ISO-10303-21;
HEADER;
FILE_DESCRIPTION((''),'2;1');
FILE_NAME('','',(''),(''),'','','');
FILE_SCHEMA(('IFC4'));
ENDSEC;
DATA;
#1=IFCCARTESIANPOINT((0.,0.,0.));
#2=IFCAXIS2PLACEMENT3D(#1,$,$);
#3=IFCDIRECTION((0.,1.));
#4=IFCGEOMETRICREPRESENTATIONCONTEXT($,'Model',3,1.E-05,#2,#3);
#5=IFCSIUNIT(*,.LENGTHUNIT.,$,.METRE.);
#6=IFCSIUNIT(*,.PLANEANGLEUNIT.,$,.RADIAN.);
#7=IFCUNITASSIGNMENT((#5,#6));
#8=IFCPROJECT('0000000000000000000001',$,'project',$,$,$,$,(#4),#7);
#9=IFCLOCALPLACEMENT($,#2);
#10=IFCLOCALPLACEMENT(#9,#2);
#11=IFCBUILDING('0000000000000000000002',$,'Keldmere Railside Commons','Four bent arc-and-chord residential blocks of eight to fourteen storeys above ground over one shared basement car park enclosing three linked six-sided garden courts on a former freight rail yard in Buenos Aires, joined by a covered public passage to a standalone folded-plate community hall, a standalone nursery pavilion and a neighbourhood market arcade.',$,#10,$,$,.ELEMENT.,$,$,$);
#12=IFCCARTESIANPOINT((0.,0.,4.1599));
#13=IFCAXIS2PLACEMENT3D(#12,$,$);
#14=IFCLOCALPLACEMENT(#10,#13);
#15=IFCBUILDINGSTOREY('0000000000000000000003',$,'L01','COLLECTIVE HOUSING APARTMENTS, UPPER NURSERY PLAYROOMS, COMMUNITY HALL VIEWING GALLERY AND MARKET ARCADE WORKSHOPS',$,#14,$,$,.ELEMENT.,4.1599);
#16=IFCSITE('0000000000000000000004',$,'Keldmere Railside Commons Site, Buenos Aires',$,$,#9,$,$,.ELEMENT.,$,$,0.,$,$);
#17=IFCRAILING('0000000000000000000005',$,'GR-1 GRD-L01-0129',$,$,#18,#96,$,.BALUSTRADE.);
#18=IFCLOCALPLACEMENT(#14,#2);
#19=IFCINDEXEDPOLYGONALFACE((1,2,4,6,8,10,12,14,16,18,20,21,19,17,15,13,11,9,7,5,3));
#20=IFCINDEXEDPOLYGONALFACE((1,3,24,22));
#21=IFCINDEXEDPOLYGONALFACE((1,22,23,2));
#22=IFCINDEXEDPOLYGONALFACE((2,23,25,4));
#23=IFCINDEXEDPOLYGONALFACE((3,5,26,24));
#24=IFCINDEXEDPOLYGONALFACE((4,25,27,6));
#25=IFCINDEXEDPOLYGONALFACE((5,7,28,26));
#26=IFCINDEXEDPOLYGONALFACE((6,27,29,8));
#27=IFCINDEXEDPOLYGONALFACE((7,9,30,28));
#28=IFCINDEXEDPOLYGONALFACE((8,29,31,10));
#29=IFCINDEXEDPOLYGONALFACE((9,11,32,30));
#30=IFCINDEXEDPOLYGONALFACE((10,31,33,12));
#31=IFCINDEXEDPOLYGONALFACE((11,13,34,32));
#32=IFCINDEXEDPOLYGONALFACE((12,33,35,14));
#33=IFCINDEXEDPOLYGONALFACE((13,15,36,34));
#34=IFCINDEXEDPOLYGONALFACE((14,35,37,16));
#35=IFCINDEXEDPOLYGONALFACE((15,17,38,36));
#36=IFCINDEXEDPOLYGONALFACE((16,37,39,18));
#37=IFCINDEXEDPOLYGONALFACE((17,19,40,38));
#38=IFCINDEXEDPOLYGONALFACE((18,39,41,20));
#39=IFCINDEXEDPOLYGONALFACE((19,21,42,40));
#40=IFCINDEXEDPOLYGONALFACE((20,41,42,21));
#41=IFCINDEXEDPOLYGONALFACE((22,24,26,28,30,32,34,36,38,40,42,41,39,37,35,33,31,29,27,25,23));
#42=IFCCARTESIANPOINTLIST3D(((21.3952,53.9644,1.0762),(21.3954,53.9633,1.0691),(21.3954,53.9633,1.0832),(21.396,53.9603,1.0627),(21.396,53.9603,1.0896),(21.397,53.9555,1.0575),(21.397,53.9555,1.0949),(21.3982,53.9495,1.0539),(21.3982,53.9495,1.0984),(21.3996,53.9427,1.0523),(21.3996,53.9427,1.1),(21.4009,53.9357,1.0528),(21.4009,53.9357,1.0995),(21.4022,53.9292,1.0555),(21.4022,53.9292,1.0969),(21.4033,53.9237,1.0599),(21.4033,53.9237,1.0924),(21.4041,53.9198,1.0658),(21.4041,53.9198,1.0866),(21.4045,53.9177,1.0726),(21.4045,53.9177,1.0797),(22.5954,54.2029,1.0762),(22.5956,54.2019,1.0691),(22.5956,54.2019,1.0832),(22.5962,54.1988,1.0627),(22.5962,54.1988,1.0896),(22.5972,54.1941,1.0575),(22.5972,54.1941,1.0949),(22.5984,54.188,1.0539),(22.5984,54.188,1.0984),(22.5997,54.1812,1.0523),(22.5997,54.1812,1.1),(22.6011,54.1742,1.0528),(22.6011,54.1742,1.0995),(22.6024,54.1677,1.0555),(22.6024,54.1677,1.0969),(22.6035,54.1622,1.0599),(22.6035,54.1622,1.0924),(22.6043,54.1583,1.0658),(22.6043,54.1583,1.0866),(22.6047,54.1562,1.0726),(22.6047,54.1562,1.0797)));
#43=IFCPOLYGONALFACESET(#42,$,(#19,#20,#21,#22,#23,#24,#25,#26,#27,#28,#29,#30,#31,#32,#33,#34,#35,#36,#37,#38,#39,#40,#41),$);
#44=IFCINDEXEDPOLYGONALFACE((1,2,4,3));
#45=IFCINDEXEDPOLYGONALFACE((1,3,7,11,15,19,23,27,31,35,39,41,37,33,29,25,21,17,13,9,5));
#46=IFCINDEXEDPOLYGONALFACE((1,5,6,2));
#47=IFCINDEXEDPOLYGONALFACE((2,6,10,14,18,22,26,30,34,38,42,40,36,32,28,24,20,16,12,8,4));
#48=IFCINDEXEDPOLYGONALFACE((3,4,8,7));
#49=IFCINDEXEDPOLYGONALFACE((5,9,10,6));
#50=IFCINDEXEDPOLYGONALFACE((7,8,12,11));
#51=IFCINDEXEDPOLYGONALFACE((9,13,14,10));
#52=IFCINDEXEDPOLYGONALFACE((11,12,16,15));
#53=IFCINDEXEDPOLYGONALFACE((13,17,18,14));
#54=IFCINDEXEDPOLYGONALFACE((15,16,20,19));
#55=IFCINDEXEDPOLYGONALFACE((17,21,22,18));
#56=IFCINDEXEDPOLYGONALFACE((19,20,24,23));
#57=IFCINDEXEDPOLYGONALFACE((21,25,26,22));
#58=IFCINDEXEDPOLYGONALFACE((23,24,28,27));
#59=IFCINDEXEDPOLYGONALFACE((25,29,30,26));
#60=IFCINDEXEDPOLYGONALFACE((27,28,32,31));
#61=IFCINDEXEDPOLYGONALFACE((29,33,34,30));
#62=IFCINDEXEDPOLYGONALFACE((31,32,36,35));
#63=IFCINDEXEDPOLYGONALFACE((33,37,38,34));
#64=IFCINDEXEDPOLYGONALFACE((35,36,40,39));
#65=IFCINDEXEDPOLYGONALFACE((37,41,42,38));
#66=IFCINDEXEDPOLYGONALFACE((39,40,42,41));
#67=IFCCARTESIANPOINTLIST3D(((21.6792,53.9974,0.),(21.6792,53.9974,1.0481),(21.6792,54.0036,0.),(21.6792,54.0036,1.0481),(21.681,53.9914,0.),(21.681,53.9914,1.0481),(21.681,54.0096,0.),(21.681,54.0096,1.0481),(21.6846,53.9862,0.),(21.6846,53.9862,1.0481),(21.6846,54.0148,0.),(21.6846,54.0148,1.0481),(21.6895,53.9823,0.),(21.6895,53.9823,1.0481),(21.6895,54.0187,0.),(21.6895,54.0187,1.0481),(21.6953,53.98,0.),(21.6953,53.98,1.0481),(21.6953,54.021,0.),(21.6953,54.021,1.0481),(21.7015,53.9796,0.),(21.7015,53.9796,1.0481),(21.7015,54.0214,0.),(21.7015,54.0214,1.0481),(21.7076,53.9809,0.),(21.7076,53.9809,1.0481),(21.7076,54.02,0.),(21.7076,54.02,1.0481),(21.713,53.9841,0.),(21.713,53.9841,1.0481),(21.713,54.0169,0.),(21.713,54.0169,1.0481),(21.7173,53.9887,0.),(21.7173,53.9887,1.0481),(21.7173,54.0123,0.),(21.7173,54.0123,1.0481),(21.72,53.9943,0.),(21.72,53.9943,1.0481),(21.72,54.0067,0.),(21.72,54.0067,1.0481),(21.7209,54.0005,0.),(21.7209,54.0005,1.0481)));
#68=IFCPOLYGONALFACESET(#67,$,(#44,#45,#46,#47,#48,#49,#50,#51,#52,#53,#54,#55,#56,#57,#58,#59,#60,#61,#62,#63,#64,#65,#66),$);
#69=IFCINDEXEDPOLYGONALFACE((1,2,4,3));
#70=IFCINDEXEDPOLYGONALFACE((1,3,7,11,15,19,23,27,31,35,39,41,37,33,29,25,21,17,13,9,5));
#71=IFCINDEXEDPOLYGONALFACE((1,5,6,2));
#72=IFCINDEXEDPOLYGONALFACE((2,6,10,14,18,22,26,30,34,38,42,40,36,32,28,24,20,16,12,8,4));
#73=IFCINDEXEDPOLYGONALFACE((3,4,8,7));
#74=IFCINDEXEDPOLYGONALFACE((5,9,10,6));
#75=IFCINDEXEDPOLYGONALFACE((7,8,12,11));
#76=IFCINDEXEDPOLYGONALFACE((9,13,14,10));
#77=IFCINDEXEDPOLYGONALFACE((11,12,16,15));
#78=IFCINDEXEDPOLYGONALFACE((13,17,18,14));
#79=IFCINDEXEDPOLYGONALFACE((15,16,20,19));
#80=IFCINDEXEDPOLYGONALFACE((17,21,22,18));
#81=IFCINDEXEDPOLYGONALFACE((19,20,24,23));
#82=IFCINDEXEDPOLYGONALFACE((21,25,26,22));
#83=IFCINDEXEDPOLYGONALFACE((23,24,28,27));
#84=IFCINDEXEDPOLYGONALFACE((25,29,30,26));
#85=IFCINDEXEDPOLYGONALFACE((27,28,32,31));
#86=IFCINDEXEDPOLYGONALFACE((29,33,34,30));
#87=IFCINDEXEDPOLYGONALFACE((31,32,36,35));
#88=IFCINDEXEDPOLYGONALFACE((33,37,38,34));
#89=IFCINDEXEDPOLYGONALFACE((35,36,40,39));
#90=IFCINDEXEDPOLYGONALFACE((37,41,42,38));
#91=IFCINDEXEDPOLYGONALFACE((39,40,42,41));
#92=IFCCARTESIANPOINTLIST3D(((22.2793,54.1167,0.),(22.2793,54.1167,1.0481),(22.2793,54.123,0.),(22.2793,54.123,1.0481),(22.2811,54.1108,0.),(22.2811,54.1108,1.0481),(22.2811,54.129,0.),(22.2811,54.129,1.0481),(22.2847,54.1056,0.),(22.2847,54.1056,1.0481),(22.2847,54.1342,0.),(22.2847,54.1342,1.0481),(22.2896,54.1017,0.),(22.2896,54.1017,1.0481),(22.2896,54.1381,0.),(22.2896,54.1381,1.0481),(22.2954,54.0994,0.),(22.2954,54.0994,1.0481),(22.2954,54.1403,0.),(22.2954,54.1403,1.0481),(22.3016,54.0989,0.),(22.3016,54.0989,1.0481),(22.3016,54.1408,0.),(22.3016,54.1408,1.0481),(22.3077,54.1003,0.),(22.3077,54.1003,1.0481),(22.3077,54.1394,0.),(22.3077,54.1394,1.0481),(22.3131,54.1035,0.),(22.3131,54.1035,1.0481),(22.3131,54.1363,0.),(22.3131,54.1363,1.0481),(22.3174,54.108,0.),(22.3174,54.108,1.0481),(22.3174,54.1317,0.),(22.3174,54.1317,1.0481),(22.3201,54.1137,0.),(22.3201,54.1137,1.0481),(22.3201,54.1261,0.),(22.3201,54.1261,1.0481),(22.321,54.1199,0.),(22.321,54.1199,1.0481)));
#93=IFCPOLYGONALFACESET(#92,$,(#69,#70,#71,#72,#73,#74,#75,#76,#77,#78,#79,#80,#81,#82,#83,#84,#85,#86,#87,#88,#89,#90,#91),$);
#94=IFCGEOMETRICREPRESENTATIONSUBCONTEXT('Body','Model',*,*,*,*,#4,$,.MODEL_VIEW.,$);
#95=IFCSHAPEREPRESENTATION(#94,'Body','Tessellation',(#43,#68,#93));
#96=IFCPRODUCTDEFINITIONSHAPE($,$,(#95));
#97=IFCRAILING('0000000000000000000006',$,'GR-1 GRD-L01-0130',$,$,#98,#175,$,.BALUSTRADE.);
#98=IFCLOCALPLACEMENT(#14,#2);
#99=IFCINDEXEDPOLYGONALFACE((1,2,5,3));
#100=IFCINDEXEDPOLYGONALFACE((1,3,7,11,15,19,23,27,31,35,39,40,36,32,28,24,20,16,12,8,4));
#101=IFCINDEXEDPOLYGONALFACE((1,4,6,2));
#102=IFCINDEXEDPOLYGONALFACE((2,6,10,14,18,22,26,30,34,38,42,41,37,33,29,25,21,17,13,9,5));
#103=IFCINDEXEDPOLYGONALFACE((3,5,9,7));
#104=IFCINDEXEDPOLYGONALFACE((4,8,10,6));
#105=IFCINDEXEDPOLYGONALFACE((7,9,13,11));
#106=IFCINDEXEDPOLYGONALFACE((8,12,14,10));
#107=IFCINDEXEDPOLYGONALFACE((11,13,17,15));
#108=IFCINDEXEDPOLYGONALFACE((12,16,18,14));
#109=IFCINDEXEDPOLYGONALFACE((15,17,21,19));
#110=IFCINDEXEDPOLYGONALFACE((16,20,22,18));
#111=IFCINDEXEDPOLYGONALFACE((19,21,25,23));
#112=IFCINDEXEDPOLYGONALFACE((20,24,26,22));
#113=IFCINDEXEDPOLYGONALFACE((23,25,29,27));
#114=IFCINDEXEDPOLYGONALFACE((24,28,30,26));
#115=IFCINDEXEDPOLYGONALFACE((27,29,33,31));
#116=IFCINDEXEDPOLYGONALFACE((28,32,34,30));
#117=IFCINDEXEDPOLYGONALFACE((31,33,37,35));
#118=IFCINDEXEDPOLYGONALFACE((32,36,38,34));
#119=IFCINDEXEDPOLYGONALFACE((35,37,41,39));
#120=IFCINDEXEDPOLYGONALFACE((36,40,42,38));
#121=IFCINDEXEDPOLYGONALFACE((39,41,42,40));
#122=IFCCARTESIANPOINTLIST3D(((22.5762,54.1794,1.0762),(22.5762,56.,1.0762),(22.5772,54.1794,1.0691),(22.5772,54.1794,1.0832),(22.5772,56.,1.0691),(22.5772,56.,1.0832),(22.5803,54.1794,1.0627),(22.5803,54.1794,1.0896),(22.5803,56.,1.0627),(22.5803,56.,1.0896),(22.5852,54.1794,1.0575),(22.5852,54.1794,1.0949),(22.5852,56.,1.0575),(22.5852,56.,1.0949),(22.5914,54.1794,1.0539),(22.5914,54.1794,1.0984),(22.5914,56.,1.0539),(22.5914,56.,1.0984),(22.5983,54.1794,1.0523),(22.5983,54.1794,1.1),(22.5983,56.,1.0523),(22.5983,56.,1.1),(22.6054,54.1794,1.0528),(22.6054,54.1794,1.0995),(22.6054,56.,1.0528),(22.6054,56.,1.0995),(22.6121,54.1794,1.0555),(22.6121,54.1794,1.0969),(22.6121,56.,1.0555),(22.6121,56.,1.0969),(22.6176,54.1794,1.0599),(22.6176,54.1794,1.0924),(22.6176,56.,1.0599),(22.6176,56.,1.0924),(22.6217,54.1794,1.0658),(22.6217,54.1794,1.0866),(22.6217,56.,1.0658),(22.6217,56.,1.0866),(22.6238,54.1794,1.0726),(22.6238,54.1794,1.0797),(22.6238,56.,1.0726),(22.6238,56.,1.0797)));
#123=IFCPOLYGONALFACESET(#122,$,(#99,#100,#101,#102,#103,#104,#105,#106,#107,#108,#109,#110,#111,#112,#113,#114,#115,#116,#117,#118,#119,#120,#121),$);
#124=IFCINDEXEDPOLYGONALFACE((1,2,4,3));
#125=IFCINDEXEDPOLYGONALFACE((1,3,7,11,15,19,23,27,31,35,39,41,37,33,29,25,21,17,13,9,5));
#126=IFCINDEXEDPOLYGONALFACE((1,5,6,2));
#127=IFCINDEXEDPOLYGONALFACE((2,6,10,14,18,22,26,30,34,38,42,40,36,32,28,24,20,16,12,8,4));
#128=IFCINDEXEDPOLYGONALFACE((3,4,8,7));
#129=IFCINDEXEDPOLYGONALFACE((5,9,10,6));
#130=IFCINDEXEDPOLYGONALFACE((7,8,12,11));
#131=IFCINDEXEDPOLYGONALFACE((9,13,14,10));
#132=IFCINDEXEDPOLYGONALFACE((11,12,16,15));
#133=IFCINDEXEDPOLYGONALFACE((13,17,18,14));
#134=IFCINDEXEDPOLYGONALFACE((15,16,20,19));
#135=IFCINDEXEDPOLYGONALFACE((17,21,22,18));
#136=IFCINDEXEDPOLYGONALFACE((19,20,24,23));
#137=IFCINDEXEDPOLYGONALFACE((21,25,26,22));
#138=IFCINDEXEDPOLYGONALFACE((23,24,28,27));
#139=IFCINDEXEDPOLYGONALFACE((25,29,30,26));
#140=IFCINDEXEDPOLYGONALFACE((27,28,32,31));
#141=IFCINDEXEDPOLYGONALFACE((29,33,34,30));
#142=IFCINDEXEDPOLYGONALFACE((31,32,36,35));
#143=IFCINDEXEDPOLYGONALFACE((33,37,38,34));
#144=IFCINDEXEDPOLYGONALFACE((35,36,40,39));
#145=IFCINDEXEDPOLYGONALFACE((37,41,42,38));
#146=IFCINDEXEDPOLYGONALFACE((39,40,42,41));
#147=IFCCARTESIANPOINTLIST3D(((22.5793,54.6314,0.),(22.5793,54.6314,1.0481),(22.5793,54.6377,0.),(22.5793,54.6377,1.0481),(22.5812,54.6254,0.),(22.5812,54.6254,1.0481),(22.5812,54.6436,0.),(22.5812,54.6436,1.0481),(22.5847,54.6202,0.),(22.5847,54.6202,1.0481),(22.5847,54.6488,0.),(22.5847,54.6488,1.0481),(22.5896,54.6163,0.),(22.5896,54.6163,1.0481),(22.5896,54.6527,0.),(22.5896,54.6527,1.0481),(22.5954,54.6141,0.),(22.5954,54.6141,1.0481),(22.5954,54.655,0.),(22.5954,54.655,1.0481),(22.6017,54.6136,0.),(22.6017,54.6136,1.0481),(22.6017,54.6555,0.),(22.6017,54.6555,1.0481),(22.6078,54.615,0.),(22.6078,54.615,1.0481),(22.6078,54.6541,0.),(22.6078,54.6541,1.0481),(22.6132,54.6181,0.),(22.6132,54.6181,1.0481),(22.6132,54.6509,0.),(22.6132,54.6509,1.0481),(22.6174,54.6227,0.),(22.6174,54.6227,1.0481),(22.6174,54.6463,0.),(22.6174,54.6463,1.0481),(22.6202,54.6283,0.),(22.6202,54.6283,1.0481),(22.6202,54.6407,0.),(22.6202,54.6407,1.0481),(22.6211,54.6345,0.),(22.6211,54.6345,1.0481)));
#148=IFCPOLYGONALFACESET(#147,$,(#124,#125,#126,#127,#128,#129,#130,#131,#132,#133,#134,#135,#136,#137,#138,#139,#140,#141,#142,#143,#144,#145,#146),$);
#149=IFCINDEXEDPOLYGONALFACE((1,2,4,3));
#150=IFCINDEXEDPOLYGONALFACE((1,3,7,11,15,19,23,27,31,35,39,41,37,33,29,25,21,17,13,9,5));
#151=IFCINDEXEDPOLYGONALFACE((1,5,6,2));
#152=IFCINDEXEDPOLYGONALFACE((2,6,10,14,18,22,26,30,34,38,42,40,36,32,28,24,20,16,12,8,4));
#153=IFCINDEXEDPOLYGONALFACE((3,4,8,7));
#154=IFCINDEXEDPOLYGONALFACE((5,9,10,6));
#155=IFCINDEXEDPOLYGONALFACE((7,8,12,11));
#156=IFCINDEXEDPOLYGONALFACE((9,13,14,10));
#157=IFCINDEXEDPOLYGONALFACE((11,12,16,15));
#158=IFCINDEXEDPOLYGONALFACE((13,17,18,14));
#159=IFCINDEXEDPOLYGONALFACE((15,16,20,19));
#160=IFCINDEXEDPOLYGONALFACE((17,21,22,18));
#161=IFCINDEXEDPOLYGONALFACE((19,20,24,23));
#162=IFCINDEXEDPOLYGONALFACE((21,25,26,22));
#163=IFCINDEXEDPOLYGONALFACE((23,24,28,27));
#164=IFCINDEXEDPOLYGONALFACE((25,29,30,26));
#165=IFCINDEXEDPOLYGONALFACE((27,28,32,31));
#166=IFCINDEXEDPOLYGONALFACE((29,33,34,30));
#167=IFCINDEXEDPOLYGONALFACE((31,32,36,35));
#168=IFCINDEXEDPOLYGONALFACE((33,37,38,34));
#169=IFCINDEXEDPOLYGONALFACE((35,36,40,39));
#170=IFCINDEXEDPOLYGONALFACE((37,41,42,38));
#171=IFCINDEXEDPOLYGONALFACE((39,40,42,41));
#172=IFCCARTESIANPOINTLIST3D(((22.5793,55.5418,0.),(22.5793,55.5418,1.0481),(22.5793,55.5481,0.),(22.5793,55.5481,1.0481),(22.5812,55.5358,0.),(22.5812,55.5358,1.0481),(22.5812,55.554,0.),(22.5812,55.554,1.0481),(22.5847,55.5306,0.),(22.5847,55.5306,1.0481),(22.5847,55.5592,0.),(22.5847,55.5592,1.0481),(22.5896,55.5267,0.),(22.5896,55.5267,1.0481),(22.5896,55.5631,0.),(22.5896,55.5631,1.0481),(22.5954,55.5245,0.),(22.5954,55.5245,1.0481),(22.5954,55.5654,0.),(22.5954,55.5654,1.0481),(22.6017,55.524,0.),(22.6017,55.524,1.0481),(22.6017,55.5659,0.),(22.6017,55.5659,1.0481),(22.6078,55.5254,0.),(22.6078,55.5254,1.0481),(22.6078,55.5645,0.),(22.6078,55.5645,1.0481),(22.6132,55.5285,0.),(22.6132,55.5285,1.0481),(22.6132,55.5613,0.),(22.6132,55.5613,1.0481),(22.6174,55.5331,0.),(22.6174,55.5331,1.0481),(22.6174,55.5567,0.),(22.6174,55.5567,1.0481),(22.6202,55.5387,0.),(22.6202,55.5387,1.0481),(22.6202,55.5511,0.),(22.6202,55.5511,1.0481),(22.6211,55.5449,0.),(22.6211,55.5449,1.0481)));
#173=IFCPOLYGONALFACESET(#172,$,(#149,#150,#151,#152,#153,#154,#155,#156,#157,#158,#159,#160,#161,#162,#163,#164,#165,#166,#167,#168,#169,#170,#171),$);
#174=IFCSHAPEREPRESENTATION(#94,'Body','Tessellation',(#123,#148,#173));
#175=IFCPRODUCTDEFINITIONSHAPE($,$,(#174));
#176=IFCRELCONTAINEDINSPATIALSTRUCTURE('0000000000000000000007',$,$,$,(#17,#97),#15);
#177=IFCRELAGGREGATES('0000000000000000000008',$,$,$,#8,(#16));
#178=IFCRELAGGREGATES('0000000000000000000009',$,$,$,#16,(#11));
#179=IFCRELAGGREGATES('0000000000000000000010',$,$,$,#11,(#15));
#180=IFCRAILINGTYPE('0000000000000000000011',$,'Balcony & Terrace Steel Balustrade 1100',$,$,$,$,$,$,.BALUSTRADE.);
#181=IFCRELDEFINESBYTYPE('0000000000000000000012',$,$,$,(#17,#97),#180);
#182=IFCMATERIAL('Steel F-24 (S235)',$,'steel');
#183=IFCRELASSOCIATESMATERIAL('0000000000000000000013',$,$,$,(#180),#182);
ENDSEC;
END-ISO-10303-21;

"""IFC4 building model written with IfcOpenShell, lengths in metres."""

from ifc_helpers import new_model, si_unit, direction, frame, origin, origin_2d, place, context, subcontext, project, spatial, circle, extrude, material, type_object, element, save


model = new_model("IFC4")

# Units and contexts
model_context = context("Model", 3, precision=1e-05, world=origin(), true_north=direction((0.0, 1.0)))
body_context = subcontext(model_context, "Body", "Model", "MODEL_VIEW")
ifc_project = project(units=[si_unit("LENGTHUNIT", "METRE"), si_unit("PLANEANGLEUNIT", "RADIAN")], contexts=[model_context])

# Site, building, storey
site_placement = place(None, origin())
site = spatial("IfcSite", under=ifc_project, at=site_placement, Name="Keldmere Railside Commons Site, Buenos Aires", CompositionType="ELEMENT", RefElevation=0.0)
building_placement = place(site_placement, origin())
building = spatial("IfcBuilding", under=site, at=building_placement, Name="Keldmere Railside Commons", Description="Four bent arc-and-chord residential blocks of eight to fourteen storeys above ground over one shared basement car park enclosing three linked six-sided garden courts on a former freight rail yard in Buenos Aires, joined by a covered public passage to a standalone folded-plate community hall, a standalone nursery pavilion and a neighbourhood market arcade.", CompositionType="ELEMENT")
storey_placement = place(building_placement, frame((0.0, 0.0, 4.1599)))
storey = spatial("IfcBuildingStorey", under=building, at=storey_placement, Name="L01", Description="COLLECTIVE HOUSING APARTMENTS, UPPER NURSERY PLAYROOMS, COMMUNITY HALL VIEWING GALLERY AND MARKET ARCADE WORKSHOPS", CompositionType="ELEMENT", Elevation=4.1599)

# Railings
ifc_material_1 = material(Name="Steel F-24 (S235)", Category="steel")
railing_type = type_object("IfcRailingType", Name="Balcony & Terrace Steel Balustrade 1100", PredefinedType="BALUSTRADE", material=ifc_material_1)
railing_1_placement = place(storey_placement, frame((21.3999, 53.9409, 0.0)))
element("IfcRailing", 1, at=railing_1_placement, inside=storey, type_object=railing_type, Name="GR-1 GRD-L01-0129", PredefinedType="BALUSTRADE", context=body_context, shape_type="SweptSolid", body=[
    extrude(circle(Radius=0.0239, at=origin_2d()), frame((0.0, 0.0, 1.0762), z_axis=(0.980818, 0.194927, 0.0), x_axis=(-0.194927, 0.980818, 0.0)), (0.0, 0.0, 1.0), 1.2236),
    extrude(circle(Radius=0.021, at=origin_2d()), frame((0.3, 0.0596, 0.0)), (0.0, 0.0, 1.0), 1.0481),
    extrude(circle(Radius=0.021, at=origin_2d()), frame((0.9001, 0.179, 0.0)), (0.0, 0.0, 1.0), 1.0481),
])
railing_2_placement = place(storey_placement, frame((22.6001, 54.1794, 0.0)))
element("IfcRailing", 2, at=railing_2_placement, inside=storey, type_object=railing_type, Name="GR-1 GRD-L01-0130", PredefinedType="BALUSTRADE", context=body_context, shape_type="SweptSolid", body=[
    extrude(circle(Radius=0.0239, at=origin_2d()), frame((0.0, 0.0, 1.0762), z_axis=(0.0, 1.0, 0.0), x_axis=(-1.0, 0.0, 0.0)), (0.0, 0.0, 1.0), 1.8206),
    extrude(circle(Radius=0.021, at=origin_2d()), frame((0.0, 0.4551, 0.0)), (0.0, 0.0, 1.0), 1.0481),
    extrude(circle(Radius=0.021, at=origin_2d()), frame((0.0, 1.3655, 0.0)), (0.0, 0.0, 1.0), 1.0481),
])

save(model, "model.ifc")
